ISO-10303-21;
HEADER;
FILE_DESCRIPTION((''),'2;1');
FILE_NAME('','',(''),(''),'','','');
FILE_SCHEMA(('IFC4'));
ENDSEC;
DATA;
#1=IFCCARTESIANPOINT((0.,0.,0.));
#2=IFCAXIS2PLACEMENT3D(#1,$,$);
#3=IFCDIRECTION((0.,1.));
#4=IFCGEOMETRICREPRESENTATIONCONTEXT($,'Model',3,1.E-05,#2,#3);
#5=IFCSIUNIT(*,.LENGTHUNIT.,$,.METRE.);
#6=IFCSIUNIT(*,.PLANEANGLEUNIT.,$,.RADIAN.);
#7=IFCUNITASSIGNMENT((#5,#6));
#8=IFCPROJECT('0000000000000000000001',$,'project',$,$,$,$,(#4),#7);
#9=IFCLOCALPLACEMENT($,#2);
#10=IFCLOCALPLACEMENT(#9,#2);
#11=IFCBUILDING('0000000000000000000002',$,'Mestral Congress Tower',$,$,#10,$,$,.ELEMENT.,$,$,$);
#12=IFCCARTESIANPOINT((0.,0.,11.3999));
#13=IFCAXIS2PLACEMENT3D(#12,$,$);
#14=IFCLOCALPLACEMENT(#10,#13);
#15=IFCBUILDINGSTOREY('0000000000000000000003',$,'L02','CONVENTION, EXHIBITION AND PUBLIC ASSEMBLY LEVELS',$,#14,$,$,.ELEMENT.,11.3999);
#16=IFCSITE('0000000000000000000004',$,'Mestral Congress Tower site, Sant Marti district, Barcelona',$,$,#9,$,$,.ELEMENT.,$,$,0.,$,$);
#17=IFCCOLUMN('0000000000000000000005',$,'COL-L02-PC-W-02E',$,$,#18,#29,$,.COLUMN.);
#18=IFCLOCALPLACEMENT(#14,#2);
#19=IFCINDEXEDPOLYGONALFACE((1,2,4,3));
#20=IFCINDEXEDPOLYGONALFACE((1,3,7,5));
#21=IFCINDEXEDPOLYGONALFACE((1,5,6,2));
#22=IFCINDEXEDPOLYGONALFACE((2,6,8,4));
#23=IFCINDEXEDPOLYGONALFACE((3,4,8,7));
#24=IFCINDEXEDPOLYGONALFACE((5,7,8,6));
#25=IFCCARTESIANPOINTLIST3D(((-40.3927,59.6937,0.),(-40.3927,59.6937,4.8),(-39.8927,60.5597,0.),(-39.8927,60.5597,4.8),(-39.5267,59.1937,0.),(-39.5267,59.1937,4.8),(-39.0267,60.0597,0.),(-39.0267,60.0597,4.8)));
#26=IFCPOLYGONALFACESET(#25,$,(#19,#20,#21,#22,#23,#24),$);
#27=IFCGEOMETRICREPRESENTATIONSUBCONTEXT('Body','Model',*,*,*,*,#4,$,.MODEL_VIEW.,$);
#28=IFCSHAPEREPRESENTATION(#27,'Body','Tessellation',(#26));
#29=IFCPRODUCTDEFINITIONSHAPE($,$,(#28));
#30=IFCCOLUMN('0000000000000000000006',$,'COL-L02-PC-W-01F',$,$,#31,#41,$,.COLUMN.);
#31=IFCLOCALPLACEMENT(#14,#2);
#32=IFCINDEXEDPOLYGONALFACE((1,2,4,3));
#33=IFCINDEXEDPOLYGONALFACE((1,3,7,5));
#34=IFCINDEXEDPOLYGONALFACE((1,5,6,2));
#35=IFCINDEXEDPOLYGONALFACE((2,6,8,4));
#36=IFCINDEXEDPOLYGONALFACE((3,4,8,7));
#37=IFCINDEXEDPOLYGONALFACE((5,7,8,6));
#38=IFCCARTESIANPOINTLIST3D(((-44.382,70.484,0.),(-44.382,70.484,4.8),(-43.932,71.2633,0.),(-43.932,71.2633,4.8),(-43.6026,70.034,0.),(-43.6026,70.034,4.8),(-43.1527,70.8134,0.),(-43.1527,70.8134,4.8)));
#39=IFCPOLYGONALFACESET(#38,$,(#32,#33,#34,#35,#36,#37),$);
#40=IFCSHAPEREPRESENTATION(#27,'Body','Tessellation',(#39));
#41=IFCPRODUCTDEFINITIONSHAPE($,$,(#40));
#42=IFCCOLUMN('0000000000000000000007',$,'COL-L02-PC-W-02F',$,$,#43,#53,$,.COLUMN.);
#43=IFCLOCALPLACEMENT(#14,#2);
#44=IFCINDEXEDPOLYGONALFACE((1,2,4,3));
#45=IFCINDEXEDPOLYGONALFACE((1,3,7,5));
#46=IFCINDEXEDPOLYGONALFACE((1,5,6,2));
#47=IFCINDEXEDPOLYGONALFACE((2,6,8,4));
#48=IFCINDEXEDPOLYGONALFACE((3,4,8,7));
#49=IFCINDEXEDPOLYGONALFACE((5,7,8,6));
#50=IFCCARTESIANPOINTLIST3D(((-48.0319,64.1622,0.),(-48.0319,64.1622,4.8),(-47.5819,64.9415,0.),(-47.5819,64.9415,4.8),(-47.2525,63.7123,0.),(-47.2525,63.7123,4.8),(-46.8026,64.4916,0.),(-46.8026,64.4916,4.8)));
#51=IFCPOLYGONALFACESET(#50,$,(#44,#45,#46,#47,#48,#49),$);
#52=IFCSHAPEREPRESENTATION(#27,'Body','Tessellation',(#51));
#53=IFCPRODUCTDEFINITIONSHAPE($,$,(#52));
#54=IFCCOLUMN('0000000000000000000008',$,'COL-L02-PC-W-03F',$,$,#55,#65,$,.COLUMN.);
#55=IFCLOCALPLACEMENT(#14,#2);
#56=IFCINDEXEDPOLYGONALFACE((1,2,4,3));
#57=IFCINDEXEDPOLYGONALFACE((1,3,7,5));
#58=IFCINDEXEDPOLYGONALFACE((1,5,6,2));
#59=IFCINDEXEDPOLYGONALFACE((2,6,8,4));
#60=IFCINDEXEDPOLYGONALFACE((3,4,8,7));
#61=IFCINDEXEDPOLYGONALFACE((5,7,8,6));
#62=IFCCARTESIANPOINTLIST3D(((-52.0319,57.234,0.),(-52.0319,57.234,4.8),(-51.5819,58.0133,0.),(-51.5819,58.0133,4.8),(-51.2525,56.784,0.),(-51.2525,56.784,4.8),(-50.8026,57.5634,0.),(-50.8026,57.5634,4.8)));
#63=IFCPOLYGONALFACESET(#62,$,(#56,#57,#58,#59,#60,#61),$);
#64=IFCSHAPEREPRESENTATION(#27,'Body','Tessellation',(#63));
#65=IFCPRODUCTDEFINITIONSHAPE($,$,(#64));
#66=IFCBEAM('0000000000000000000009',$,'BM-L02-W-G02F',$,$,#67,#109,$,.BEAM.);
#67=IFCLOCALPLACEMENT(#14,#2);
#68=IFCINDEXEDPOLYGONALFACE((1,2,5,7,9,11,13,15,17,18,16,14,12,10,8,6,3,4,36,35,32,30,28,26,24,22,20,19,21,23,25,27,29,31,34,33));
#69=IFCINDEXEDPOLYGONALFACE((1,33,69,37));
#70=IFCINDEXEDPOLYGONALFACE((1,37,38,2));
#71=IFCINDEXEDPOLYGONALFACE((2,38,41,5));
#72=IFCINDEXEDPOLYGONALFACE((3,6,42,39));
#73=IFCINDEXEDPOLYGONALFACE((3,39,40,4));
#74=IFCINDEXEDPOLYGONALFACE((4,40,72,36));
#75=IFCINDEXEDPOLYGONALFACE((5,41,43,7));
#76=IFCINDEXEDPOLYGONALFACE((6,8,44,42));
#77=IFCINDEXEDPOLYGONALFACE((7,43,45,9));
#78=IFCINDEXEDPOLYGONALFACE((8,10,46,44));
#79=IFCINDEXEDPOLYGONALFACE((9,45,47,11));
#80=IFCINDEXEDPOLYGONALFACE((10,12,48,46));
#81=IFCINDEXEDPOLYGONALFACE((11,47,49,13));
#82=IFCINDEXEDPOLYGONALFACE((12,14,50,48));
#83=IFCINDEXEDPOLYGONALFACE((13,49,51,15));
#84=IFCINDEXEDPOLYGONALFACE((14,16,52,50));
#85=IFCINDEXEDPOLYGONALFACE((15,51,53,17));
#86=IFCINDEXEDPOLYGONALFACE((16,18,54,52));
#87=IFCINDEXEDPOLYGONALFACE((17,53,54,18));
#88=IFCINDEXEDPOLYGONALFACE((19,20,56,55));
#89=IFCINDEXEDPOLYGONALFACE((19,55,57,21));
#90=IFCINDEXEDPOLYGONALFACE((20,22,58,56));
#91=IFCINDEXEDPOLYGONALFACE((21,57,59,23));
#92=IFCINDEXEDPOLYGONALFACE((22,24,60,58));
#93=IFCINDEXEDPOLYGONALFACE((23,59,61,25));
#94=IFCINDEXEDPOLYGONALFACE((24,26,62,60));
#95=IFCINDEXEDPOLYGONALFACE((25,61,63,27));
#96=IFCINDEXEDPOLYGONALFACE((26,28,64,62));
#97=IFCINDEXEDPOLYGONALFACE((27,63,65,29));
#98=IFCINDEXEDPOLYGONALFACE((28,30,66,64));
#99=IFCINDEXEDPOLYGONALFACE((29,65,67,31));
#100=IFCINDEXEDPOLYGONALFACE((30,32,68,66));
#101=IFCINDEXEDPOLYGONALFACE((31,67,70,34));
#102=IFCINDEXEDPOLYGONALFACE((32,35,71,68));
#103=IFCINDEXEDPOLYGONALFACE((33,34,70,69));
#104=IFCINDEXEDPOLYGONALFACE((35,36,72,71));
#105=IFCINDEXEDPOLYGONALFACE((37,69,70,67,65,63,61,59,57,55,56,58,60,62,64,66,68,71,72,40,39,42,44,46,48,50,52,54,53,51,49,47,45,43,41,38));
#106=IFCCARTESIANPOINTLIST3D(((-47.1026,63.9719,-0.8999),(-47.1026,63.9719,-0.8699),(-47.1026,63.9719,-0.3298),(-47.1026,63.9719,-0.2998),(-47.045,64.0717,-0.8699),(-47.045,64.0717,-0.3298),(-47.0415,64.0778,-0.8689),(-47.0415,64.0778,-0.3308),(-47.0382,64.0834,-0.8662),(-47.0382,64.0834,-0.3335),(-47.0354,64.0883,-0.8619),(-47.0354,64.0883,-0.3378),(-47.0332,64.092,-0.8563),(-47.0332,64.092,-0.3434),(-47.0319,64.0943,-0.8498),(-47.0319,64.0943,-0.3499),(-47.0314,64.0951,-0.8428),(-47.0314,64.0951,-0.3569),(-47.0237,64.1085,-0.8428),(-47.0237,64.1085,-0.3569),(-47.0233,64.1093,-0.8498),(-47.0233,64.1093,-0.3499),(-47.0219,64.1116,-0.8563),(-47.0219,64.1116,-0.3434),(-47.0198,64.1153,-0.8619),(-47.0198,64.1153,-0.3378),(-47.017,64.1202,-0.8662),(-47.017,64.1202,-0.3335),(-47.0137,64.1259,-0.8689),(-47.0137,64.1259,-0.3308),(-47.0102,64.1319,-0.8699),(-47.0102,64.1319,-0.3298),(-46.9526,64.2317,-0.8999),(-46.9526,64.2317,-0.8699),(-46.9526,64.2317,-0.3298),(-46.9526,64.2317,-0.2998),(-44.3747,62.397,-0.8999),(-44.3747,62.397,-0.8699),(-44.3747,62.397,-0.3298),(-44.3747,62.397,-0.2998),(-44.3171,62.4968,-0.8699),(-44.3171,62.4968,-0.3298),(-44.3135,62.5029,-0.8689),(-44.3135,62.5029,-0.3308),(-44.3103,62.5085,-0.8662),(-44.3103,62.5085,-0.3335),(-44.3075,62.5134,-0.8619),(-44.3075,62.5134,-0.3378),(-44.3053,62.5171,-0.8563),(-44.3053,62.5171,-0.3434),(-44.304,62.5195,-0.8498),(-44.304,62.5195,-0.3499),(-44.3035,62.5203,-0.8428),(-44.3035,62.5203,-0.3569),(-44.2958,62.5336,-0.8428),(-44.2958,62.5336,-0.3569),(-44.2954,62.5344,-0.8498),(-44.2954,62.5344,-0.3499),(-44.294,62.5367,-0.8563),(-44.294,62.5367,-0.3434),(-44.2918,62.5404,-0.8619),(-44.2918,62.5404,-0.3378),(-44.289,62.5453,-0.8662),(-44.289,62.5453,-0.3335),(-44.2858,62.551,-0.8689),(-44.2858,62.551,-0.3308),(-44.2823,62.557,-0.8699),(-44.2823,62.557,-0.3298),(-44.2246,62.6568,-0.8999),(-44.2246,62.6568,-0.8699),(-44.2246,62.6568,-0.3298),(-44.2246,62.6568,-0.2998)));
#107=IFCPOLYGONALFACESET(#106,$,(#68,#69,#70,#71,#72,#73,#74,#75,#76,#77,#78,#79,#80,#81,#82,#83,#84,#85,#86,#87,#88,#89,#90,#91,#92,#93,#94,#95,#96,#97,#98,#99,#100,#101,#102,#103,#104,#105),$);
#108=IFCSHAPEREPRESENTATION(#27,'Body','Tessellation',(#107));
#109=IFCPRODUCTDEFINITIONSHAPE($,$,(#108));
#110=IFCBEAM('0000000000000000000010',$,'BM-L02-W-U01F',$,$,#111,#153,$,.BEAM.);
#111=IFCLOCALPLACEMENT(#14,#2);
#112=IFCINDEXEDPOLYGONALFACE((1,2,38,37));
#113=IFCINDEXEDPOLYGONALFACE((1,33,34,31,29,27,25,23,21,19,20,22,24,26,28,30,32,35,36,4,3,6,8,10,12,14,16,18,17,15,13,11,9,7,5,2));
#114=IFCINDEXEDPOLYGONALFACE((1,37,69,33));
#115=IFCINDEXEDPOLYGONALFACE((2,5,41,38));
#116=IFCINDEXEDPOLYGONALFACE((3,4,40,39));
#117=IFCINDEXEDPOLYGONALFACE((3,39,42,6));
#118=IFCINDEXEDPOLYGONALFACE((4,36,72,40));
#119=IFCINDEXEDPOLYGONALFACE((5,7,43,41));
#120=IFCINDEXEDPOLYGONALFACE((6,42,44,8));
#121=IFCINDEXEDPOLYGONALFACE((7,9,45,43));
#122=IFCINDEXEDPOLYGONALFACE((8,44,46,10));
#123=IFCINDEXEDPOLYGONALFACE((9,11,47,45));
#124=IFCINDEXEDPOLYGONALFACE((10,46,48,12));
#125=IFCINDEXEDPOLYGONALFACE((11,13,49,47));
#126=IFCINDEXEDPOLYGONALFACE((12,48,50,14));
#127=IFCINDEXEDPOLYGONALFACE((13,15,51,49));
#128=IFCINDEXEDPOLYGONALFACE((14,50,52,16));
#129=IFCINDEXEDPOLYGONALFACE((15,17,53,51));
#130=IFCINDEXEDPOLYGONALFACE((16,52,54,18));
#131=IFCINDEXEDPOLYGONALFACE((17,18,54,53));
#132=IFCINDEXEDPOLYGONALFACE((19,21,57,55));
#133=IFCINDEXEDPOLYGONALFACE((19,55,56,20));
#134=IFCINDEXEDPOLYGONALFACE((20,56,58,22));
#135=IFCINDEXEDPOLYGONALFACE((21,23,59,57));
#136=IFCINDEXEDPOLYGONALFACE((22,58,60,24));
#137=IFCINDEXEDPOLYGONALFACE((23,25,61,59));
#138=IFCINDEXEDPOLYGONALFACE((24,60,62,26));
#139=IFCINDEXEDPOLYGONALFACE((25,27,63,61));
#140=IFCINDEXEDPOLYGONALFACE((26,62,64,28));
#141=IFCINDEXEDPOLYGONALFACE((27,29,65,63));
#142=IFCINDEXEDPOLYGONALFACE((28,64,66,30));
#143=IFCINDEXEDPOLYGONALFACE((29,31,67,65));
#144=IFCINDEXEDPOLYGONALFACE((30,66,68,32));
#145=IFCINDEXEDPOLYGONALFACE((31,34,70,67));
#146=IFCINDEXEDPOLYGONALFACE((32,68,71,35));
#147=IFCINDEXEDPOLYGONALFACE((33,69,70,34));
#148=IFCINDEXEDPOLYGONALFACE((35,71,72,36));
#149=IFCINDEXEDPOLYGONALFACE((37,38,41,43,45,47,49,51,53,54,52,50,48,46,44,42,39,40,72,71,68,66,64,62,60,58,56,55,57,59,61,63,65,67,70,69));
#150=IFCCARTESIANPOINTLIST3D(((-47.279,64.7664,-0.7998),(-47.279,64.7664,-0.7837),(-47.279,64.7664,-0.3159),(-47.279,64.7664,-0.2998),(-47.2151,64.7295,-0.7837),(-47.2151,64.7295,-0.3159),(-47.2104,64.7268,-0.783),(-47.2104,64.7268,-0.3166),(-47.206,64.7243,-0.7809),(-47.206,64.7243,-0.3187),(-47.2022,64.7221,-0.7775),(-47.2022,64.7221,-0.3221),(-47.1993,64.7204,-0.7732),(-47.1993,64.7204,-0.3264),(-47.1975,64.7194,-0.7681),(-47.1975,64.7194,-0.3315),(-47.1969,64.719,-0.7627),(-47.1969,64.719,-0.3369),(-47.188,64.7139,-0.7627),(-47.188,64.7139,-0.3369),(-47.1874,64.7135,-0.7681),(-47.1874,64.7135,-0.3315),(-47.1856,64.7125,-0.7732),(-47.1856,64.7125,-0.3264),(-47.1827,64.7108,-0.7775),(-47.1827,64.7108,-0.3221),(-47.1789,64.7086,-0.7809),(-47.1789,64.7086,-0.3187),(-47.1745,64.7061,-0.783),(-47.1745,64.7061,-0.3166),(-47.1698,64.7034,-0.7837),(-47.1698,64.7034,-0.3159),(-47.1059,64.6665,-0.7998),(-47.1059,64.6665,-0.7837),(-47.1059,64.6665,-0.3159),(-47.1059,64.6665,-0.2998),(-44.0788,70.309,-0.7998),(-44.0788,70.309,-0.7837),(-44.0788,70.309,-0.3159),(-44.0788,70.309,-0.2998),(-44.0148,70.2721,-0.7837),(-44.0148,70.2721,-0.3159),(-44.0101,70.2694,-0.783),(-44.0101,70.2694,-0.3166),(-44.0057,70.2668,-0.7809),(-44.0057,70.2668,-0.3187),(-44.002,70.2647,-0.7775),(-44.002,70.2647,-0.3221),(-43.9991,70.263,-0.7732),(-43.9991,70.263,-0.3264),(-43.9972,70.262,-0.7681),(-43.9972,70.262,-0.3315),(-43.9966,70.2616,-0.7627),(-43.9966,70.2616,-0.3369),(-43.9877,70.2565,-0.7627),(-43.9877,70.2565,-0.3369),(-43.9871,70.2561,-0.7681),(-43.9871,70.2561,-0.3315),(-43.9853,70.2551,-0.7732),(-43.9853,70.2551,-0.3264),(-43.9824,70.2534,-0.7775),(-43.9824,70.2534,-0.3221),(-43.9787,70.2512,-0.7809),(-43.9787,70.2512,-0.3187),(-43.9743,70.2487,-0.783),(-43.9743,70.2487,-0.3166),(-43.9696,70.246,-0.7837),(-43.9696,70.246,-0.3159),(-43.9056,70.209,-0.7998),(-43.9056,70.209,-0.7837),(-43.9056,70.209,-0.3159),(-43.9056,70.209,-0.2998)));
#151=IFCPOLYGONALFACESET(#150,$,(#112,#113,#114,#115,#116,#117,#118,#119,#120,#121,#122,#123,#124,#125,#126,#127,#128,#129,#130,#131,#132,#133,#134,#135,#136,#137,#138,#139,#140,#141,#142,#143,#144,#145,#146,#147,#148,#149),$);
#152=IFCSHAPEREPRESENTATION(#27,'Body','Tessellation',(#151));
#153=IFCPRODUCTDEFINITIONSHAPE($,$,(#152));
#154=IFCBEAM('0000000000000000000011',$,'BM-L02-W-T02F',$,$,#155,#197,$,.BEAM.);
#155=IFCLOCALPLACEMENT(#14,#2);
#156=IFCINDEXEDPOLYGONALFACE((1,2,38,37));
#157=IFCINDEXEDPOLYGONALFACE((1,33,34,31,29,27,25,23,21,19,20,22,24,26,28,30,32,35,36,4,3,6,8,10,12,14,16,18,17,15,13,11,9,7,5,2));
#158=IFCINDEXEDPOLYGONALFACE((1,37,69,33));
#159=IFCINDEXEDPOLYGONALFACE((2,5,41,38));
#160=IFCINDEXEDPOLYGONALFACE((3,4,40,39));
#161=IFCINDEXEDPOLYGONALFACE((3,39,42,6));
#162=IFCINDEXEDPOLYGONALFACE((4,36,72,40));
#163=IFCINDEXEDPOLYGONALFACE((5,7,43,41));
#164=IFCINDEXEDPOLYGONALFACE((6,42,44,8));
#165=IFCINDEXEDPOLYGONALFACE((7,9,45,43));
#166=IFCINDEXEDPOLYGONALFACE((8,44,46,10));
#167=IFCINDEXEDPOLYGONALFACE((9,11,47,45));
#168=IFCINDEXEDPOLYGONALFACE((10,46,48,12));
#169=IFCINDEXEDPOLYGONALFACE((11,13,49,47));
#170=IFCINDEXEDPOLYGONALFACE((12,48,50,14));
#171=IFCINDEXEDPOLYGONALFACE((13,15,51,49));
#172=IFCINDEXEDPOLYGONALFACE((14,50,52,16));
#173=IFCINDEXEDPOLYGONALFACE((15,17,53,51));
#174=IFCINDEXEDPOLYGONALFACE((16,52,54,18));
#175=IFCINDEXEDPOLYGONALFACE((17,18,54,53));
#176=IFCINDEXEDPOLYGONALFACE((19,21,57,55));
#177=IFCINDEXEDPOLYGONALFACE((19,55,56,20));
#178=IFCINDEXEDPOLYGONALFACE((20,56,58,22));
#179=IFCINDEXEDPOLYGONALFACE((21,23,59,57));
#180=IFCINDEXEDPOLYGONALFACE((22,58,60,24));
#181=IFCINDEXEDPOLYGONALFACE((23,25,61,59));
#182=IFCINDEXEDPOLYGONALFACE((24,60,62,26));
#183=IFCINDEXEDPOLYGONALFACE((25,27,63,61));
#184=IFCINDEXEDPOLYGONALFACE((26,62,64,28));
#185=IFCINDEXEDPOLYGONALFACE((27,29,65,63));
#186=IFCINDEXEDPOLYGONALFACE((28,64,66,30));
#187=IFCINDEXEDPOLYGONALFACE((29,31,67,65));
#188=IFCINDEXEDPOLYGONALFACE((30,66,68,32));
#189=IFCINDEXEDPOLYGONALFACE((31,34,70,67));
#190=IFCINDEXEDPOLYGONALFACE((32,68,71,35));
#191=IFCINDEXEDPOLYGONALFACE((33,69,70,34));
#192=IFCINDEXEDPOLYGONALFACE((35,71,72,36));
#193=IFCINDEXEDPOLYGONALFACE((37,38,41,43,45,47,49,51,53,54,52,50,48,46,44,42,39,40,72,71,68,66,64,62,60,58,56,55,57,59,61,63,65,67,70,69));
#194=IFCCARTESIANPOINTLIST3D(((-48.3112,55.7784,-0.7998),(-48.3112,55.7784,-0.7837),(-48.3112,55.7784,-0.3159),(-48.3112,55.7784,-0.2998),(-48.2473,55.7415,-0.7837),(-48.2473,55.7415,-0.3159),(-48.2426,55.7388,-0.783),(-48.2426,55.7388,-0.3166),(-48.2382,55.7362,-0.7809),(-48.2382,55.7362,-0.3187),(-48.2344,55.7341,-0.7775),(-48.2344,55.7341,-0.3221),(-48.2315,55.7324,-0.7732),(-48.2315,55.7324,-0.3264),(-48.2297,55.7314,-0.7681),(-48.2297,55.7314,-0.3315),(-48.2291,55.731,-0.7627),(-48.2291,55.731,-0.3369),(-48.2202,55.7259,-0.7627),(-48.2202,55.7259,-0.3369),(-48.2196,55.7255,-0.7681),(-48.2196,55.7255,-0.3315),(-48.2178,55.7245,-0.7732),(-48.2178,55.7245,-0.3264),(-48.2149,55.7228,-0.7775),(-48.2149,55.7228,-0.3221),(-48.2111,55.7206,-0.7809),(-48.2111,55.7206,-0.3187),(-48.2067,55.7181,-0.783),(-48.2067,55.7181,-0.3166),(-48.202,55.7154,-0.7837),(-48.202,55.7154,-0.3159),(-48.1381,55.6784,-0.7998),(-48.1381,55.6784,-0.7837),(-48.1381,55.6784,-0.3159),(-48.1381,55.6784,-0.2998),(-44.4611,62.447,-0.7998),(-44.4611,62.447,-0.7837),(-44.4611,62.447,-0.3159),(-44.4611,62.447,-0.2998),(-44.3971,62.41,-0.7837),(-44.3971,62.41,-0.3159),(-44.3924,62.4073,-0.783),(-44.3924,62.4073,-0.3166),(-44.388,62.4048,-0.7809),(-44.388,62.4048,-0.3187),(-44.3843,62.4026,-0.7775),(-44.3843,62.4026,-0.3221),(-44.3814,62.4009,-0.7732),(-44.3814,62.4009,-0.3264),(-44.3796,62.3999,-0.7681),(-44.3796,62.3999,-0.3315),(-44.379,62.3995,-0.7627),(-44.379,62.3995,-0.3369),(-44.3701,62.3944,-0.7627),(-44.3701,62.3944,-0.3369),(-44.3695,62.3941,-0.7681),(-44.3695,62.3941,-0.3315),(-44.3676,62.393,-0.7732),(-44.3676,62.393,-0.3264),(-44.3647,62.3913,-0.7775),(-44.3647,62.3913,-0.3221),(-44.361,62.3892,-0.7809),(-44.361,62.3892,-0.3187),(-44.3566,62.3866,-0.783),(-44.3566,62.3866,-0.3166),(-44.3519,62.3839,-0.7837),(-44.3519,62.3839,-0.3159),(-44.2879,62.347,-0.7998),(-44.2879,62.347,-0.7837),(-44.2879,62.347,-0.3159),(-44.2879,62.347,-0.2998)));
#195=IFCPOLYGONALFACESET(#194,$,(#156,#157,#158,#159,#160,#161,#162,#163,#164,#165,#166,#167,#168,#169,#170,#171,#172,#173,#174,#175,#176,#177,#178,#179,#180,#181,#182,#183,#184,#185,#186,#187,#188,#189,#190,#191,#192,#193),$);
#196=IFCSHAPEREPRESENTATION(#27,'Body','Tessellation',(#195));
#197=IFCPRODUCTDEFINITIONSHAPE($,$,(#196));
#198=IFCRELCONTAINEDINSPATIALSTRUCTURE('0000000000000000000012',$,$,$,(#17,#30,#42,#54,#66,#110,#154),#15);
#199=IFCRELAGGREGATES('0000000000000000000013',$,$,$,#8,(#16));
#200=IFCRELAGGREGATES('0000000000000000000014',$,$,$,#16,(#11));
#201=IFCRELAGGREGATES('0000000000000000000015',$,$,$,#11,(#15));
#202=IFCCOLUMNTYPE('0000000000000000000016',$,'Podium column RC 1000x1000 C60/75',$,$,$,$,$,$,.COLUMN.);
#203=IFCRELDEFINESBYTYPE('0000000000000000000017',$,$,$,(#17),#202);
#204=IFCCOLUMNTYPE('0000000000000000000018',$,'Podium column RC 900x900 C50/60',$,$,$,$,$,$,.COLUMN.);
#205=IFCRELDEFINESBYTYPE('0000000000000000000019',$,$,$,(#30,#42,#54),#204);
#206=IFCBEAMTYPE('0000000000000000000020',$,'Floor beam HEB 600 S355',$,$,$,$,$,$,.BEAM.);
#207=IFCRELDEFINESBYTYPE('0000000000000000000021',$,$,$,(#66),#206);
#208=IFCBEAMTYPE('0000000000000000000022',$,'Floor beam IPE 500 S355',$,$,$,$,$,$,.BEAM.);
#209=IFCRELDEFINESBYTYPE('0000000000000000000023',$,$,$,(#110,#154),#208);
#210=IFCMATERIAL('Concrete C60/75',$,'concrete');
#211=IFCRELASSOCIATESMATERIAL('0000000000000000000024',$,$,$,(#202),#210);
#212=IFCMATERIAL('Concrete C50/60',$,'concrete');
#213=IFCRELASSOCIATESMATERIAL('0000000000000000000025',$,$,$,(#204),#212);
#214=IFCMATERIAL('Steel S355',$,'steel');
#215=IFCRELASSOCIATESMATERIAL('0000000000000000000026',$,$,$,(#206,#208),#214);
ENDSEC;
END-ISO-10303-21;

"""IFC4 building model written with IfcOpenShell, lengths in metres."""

from ifc_helpers import new_model, si_unit, direction, frame, origin, origin_2d, place, context, subcontext, project, spatial, rectangle, i_section, extrude, material, material_profile, profile_set, type_object, element, save


model = new_model("IFC4")

# Units and contexts
model_context = context("Model", 3, precision=1e-05, world=origin(), true_north=direction((0.0, 1.0)))
body_context = subcontext(model_context, "Body", "Model", "MODEL_VIEW")
ifc_project = project(units=[si_unit("LENGTHUNIT", "METRE"), si_unit("PLANEANGLEUNIT", "RADIAN")], contexts=[model_context])

# Site, building, storey
site_placement = place(None, origin())
site = spatial("IfcSite", under=ifc_project, at=site_placement, Name="Mestral Congress Tower site, Sant Marti district, Barcelona", CompositionType="ELEMENT", RefElevation=0.0)
building_placement = place(site_placement, origin())
building = spatial("IfcBuilding", under=site, at=building_placement, Name="Mestral Congress Tower", CompositionType="ELEMENT")
storey_placement = place(building_placement, frame((0.0, 0.0, 11.3999)))
storey = spatial("IfcBuildingStorey", under=building, at=storey_placement, Name="L02", Description="CONVENTION, EXHIBITION AND PUBLIC ASSEMBLY LEVELS", CompositionType="ELEMENT", Elevation=11.3999)

# Columns
ifc_material_1 = material(Name="Concrete C60/75", Category="concrete")
ifc_material_profile_1 = material_profile(ifc_material_1, rectangle(XDim=1.0, YDim=1.0, at=origin_2d()), Name="RC 1000x1000")
ifc_profile_set_1 = profile_set([ifc_material_profile_1], Name="Concrete C60/75")
column_type_1 = type_object("IfcColumnType", Name="Podium column RC 1000x1000 C60/75", PredefinedType="COLUMN", material=ifc_profile_set_1)
column_placement = place(storey_placement, frame((-39.7097, 59.8767, 0.0), z_axis=(0.0, 0.0, 1.0), x_axis=(-0.5, -0.866025, 0.0)))
element("IfcColumn", 1, at=column_placement, inside=storey, type_object=column_type_1, Name="COL-L02-PC-W-02E", PredefinedType="COLUMN", context=body_context, shape_type="SweptSolid", body=[
    extrude(rectangle(XDim=1.0, YDim=1.0, at=origin_2d()), origin(), (0.0, 0.0, 1.0), 4.8),
])
ifc_material_2 = material(Name="Concrete C50/60", Category="concrete")
ifc_material_profile_2 = material_profile(ifc_material_2, rectangle(XDim=0.8999, YDim=0.8999, at=origin_2d()), Name="RC 900x900")
ifc_profile_set_2 = profile_set([ifc_material_profile_2], Name="Concrete C50/60")
column_type_2 = type_object("IfcColumnType", Name="Podium column RC 900x900 C50/60", PredefinedType="COLUMN", material=ifc_profile_set_2)
for number, where, z_axis, x_axis, name in (
    (2, (-43.7673, 70.6487, 0.0), (0.0, 0.0, 1.0), (-0.5, -0.866025, 0.0), "COL-L02-PC-W-01F"),
    (3, (-47.4172, 64.3269, 0.0), (0.0, 0.0, 1.0), (-0.5, -0.866025, 0.0), "COL-L02-PC-W-02F"),
    (4, (-51.4172, 57.3987, 0.0), (0.0, 0.0, 1.0), (-0.5, -0.866025, 0.0), "COL-L02-PC-W-03F"),
):
    element("IfcColumn", number, at=place(storey_placement, frame(where, z_axis=z_axis, x_axis=x_axis)), inside=storey, type_object=column_type_2, Name=name, PredefinedType="COLUMN", context=body_context, shape_type="SweptSolid", body=[
        extrude(rectangle(XDim=0.8999, YDim=0.8999, at=origin_2d()), origin(), (0.0, 0.0, 1.0), 4.8),
    ])

# Beams
ifc_material_3 = material(Name="Steel S355", Category="steel")
ifc_material_profile_3 = material_profile(ifc_material_3, i_section(OverallWidth=0.3, OverallDepth=0.6001, WebThickness=0.0154, FlangeThickness=0.03, FilletRadius=0.0271, at=origin_2d()), Name="HEB 600")
ifc_profile_set_3 = profile_set([ifc_material_profile_3], Name="Steel S355")
beam_type_1 = type_object("IfcBeamType", Name="Floor beam HEB 600 S355", PredefinedType="BEAM", material=ifc_profile_set_3)
beam_1_placement = place(storey_placement, frame((-47.0276, 64.1018, -0.5999), z_axis=(0.866036, -0.499982, 0.0), x_axis=(0.499982, 0.866036, 0.0)))
element("IfcBeam", 5, at=beam_1_placement, inside=storey, type_object=beam_type_1, Name="BM-L02-W-G02F", PredefinedType="BEAM", context=body_context, shape_type="SweptSolid", body=[
    extrude(i_section(OverallWidth=0.3, OverallDepth=0.6001, WebThickness=0.0154, FlangeThickness=0.03, FilletRadius=0.0271, at=origin_2d()), origin(), (0.0, 0.0, 1.0), 3.1499),
])
ifc_material_profile_4 = material_profile(ifc_material_3, i_section(OverallWidth=0.2, OverallDepth=0.5, WebThickness=0.0103, FlangeThickness=0.0161, FilletRadius=0.021, at=origin_2d()), Name="IPE 500")
ifc_profile_set_4 = profile_set([ifc_material_profile_4], Name="Steel S355")
beam_type_2 = type_object("IfcBeamType", Name="Floor beam IPE 500 S355", PredefinedType="BEAM", material=ifc_profile_set_4)
beam_2_placement = place(storey_placement, frame((-43.9922, 70.259, -0.5498), z_axis=(-0.500028, -0.866009, 0.0), x_axis=(0.866009, -0.500028, 0.0)))
element("IfcBeam", 6, at=beam_2_placement, inside=storey, type_object=beam_type_2, Name="BM-L02-W-U01F", PredefinedType="BEAM", context=body_context, shape_type="SweptSolid", body=[
    extrude(i_section(OverallWidth=0.2, OverallDepth=0.5, WebThickness=0.0103, FlangeThickness=0.0161, FilletRadius=0.021, at=origin_2d()), origin(), (0.0, 0.0, 1.0), 6.4001),
])
beam_3_placement = place(storey_placement, frame((-44.3745, 62.397, -0.5498), z_axis=(-0.500006, -0.866022, 0.0), x_axis=(0.866022, -0.500006, 0.0)))
element("IfcBeam", 7, at=beam_3_placement, inside=storey, type_object=beam_type_2, Name="BM-L02-W-T02F", PredefinedType="BEAM", context=body_context, shape_type="SweptSolid", body=[
    extrude(i_section(OverallWidth=0.2, OverallDepth=0.5, WebThickness=0.0103, FlangeThickness=0.0161, FilletRadius=0.021, at=origin_2d()), origin(), (0.0, 0.0, 1.0), 7.7002),
])

save(model, "model.ifc")
